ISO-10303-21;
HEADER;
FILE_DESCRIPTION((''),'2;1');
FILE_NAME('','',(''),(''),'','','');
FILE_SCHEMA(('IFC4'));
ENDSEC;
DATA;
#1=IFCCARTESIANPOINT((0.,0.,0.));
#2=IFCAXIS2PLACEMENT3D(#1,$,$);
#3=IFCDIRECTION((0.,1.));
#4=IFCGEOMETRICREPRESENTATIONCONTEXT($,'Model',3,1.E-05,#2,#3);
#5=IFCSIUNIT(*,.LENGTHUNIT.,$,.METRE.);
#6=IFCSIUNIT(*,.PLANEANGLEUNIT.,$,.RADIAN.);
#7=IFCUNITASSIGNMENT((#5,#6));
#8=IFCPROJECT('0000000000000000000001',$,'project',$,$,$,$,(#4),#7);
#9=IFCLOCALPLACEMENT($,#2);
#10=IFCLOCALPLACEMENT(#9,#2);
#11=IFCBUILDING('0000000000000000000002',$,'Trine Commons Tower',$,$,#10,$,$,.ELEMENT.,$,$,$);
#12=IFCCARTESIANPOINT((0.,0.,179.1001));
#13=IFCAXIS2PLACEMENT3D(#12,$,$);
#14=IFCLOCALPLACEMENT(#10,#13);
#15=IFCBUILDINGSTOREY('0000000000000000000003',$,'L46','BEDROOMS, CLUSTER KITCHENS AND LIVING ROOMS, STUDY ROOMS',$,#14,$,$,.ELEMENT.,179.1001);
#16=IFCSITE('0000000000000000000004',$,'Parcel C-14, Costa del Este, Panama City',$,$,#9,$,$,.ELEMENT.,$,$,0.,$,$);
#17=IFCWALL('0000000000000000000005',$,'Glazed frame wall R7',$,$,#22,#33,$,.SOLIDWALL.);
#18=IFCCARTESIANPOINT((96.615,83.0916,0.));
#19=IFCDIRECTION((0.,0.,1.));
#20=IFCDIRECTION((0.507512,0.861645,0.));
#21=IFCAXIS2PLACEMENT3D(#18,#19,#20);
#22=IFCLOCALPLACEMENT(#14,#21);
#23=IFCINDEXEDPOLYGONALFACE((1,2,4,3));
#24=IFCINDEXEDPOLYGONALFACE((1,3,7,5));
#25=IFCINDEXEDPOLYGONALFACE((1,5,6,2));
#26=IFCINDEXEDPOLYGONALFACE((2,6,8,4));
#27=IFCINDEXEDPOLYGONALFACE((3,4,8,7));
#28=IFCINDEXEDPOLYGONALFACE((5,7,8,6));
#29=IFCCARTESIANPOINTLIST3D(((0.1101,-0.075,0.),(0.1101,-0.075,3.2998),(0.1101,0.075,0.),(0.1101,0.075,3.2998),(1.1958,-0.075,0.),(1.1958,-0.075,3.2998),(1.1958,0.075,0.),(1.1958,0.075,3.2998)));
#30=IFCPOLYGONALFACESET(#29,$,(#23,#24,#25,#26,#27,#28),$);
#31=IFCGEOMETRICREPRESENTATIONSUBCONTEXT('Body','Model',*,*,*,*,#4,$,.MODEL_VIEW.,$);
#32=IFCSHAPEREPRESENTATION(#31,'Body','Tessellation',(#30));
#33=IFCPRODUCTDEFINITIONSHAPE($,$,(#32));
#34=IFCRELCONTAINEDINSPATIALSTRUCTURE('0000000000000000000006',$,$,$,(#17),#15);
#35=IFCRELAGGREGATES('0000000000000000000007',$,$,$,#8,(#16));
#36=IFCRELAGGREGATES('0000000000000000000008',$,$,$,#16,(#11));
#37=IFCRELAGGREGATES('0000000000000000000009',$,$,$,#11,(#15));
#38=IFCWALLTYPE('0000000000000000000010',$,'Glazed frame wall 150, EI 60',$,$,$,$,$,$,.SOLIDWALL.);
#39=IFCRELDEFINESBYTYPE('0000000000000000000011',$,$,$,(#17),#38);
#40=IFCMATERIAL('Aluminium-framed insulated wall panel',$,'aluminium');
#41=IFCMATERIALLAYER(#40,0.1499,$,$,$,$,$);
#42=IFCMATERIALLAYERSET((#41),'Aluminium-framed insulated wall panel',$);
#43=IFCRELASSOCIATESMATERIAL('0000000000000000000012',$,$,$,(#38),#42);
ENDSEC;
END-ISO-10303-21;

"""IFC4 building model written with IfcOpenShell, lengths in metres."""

from ifc_helpers import new_model, si_unit, direction, frame, origin, place, context, subcontext, project, spatial, polyline, outline, extrude, material, layer, layer_set, type_object, element, save


model = new_model("IFC4")

# Units and contexts
model_context = context("Model", 3, precision=1e-05, world=origin(), true_north=direction((0.0, 1.0)))
body_context = subcontext(model_context, "Body", "Model", "MODEL_VIEW")
ifc_project = project(units=[si_unit("LENGTHUNIT", "METRE"), si_unit("PLANEANGLEUNIT", "RADIAN")], contexts=[model_context])

# Site, building, storey
site_placement = place(None, origin())
site = spatial("IfcSite", under=ifc_project, at=site_placement, Name="Parcel C-14, Costa del Este, Panama City", CompositionType="ELEMENT", RefElevation=0.0)
building_placement = place(site_placement, origin())
building = spatial("IfcBuilding", under=site, at=building_placement, Name="Trine Commons Tower", CompositionType="ELEMENT")
storey_placement = place(building_placement, frame((0.0, 0.0, 179.1001)))
storey = spatial("IfcBuildingStorey", under=building, at=storey_placement, Name="L46", Description="BEDROOMS, CLUSTER KITCHENS AND LIVING ROOMS, STUDY ROOMS", CompositionType="ELEMENT", Elevation=179.1001)

# Shared definitions
ifc_material_1 = material(Name="Aluminium-framed insulated wall panel", Category="aluminium")
ifc_layer_1 = layer(ifc_material_1, 0.1499)
ifc_layer_set_1 = layer_set([ifc_layer_1], Name="Aluminium-framed insulated wall panel")
wall_type_1 = type_object("IfcWallType", Name="Glazed frame wall 150, EI 60", PredefinedType="SOLIDWALL", material=ifc_layer_set_1)

# Wall
wall_1_placement = place(storey_placement, frame((96.615, 83.0916, 0.0), z_axis=(0.0, 0.0, 1.0), x_axis=(0.507512, 0.861645, 0.0)))
element("IfcWall", 1, at=wall_1_placement, inside=storey, type_object=wall_type_1, Name="Glazed frame wall R7", PredefinedType="SOLIDWALL", context=body_context, shape_type="SweptSolid", body=[
    extrude(outline(polyline([(0.1101, 0.075), (0.1101, -0.075), (1.1958, -0.075), (1.1958, 0.075), (0.1101, 0.075)])), origin(), (0.0, 0.0, 1.0), 3.2998),
])

save(model, "model.ifc")
